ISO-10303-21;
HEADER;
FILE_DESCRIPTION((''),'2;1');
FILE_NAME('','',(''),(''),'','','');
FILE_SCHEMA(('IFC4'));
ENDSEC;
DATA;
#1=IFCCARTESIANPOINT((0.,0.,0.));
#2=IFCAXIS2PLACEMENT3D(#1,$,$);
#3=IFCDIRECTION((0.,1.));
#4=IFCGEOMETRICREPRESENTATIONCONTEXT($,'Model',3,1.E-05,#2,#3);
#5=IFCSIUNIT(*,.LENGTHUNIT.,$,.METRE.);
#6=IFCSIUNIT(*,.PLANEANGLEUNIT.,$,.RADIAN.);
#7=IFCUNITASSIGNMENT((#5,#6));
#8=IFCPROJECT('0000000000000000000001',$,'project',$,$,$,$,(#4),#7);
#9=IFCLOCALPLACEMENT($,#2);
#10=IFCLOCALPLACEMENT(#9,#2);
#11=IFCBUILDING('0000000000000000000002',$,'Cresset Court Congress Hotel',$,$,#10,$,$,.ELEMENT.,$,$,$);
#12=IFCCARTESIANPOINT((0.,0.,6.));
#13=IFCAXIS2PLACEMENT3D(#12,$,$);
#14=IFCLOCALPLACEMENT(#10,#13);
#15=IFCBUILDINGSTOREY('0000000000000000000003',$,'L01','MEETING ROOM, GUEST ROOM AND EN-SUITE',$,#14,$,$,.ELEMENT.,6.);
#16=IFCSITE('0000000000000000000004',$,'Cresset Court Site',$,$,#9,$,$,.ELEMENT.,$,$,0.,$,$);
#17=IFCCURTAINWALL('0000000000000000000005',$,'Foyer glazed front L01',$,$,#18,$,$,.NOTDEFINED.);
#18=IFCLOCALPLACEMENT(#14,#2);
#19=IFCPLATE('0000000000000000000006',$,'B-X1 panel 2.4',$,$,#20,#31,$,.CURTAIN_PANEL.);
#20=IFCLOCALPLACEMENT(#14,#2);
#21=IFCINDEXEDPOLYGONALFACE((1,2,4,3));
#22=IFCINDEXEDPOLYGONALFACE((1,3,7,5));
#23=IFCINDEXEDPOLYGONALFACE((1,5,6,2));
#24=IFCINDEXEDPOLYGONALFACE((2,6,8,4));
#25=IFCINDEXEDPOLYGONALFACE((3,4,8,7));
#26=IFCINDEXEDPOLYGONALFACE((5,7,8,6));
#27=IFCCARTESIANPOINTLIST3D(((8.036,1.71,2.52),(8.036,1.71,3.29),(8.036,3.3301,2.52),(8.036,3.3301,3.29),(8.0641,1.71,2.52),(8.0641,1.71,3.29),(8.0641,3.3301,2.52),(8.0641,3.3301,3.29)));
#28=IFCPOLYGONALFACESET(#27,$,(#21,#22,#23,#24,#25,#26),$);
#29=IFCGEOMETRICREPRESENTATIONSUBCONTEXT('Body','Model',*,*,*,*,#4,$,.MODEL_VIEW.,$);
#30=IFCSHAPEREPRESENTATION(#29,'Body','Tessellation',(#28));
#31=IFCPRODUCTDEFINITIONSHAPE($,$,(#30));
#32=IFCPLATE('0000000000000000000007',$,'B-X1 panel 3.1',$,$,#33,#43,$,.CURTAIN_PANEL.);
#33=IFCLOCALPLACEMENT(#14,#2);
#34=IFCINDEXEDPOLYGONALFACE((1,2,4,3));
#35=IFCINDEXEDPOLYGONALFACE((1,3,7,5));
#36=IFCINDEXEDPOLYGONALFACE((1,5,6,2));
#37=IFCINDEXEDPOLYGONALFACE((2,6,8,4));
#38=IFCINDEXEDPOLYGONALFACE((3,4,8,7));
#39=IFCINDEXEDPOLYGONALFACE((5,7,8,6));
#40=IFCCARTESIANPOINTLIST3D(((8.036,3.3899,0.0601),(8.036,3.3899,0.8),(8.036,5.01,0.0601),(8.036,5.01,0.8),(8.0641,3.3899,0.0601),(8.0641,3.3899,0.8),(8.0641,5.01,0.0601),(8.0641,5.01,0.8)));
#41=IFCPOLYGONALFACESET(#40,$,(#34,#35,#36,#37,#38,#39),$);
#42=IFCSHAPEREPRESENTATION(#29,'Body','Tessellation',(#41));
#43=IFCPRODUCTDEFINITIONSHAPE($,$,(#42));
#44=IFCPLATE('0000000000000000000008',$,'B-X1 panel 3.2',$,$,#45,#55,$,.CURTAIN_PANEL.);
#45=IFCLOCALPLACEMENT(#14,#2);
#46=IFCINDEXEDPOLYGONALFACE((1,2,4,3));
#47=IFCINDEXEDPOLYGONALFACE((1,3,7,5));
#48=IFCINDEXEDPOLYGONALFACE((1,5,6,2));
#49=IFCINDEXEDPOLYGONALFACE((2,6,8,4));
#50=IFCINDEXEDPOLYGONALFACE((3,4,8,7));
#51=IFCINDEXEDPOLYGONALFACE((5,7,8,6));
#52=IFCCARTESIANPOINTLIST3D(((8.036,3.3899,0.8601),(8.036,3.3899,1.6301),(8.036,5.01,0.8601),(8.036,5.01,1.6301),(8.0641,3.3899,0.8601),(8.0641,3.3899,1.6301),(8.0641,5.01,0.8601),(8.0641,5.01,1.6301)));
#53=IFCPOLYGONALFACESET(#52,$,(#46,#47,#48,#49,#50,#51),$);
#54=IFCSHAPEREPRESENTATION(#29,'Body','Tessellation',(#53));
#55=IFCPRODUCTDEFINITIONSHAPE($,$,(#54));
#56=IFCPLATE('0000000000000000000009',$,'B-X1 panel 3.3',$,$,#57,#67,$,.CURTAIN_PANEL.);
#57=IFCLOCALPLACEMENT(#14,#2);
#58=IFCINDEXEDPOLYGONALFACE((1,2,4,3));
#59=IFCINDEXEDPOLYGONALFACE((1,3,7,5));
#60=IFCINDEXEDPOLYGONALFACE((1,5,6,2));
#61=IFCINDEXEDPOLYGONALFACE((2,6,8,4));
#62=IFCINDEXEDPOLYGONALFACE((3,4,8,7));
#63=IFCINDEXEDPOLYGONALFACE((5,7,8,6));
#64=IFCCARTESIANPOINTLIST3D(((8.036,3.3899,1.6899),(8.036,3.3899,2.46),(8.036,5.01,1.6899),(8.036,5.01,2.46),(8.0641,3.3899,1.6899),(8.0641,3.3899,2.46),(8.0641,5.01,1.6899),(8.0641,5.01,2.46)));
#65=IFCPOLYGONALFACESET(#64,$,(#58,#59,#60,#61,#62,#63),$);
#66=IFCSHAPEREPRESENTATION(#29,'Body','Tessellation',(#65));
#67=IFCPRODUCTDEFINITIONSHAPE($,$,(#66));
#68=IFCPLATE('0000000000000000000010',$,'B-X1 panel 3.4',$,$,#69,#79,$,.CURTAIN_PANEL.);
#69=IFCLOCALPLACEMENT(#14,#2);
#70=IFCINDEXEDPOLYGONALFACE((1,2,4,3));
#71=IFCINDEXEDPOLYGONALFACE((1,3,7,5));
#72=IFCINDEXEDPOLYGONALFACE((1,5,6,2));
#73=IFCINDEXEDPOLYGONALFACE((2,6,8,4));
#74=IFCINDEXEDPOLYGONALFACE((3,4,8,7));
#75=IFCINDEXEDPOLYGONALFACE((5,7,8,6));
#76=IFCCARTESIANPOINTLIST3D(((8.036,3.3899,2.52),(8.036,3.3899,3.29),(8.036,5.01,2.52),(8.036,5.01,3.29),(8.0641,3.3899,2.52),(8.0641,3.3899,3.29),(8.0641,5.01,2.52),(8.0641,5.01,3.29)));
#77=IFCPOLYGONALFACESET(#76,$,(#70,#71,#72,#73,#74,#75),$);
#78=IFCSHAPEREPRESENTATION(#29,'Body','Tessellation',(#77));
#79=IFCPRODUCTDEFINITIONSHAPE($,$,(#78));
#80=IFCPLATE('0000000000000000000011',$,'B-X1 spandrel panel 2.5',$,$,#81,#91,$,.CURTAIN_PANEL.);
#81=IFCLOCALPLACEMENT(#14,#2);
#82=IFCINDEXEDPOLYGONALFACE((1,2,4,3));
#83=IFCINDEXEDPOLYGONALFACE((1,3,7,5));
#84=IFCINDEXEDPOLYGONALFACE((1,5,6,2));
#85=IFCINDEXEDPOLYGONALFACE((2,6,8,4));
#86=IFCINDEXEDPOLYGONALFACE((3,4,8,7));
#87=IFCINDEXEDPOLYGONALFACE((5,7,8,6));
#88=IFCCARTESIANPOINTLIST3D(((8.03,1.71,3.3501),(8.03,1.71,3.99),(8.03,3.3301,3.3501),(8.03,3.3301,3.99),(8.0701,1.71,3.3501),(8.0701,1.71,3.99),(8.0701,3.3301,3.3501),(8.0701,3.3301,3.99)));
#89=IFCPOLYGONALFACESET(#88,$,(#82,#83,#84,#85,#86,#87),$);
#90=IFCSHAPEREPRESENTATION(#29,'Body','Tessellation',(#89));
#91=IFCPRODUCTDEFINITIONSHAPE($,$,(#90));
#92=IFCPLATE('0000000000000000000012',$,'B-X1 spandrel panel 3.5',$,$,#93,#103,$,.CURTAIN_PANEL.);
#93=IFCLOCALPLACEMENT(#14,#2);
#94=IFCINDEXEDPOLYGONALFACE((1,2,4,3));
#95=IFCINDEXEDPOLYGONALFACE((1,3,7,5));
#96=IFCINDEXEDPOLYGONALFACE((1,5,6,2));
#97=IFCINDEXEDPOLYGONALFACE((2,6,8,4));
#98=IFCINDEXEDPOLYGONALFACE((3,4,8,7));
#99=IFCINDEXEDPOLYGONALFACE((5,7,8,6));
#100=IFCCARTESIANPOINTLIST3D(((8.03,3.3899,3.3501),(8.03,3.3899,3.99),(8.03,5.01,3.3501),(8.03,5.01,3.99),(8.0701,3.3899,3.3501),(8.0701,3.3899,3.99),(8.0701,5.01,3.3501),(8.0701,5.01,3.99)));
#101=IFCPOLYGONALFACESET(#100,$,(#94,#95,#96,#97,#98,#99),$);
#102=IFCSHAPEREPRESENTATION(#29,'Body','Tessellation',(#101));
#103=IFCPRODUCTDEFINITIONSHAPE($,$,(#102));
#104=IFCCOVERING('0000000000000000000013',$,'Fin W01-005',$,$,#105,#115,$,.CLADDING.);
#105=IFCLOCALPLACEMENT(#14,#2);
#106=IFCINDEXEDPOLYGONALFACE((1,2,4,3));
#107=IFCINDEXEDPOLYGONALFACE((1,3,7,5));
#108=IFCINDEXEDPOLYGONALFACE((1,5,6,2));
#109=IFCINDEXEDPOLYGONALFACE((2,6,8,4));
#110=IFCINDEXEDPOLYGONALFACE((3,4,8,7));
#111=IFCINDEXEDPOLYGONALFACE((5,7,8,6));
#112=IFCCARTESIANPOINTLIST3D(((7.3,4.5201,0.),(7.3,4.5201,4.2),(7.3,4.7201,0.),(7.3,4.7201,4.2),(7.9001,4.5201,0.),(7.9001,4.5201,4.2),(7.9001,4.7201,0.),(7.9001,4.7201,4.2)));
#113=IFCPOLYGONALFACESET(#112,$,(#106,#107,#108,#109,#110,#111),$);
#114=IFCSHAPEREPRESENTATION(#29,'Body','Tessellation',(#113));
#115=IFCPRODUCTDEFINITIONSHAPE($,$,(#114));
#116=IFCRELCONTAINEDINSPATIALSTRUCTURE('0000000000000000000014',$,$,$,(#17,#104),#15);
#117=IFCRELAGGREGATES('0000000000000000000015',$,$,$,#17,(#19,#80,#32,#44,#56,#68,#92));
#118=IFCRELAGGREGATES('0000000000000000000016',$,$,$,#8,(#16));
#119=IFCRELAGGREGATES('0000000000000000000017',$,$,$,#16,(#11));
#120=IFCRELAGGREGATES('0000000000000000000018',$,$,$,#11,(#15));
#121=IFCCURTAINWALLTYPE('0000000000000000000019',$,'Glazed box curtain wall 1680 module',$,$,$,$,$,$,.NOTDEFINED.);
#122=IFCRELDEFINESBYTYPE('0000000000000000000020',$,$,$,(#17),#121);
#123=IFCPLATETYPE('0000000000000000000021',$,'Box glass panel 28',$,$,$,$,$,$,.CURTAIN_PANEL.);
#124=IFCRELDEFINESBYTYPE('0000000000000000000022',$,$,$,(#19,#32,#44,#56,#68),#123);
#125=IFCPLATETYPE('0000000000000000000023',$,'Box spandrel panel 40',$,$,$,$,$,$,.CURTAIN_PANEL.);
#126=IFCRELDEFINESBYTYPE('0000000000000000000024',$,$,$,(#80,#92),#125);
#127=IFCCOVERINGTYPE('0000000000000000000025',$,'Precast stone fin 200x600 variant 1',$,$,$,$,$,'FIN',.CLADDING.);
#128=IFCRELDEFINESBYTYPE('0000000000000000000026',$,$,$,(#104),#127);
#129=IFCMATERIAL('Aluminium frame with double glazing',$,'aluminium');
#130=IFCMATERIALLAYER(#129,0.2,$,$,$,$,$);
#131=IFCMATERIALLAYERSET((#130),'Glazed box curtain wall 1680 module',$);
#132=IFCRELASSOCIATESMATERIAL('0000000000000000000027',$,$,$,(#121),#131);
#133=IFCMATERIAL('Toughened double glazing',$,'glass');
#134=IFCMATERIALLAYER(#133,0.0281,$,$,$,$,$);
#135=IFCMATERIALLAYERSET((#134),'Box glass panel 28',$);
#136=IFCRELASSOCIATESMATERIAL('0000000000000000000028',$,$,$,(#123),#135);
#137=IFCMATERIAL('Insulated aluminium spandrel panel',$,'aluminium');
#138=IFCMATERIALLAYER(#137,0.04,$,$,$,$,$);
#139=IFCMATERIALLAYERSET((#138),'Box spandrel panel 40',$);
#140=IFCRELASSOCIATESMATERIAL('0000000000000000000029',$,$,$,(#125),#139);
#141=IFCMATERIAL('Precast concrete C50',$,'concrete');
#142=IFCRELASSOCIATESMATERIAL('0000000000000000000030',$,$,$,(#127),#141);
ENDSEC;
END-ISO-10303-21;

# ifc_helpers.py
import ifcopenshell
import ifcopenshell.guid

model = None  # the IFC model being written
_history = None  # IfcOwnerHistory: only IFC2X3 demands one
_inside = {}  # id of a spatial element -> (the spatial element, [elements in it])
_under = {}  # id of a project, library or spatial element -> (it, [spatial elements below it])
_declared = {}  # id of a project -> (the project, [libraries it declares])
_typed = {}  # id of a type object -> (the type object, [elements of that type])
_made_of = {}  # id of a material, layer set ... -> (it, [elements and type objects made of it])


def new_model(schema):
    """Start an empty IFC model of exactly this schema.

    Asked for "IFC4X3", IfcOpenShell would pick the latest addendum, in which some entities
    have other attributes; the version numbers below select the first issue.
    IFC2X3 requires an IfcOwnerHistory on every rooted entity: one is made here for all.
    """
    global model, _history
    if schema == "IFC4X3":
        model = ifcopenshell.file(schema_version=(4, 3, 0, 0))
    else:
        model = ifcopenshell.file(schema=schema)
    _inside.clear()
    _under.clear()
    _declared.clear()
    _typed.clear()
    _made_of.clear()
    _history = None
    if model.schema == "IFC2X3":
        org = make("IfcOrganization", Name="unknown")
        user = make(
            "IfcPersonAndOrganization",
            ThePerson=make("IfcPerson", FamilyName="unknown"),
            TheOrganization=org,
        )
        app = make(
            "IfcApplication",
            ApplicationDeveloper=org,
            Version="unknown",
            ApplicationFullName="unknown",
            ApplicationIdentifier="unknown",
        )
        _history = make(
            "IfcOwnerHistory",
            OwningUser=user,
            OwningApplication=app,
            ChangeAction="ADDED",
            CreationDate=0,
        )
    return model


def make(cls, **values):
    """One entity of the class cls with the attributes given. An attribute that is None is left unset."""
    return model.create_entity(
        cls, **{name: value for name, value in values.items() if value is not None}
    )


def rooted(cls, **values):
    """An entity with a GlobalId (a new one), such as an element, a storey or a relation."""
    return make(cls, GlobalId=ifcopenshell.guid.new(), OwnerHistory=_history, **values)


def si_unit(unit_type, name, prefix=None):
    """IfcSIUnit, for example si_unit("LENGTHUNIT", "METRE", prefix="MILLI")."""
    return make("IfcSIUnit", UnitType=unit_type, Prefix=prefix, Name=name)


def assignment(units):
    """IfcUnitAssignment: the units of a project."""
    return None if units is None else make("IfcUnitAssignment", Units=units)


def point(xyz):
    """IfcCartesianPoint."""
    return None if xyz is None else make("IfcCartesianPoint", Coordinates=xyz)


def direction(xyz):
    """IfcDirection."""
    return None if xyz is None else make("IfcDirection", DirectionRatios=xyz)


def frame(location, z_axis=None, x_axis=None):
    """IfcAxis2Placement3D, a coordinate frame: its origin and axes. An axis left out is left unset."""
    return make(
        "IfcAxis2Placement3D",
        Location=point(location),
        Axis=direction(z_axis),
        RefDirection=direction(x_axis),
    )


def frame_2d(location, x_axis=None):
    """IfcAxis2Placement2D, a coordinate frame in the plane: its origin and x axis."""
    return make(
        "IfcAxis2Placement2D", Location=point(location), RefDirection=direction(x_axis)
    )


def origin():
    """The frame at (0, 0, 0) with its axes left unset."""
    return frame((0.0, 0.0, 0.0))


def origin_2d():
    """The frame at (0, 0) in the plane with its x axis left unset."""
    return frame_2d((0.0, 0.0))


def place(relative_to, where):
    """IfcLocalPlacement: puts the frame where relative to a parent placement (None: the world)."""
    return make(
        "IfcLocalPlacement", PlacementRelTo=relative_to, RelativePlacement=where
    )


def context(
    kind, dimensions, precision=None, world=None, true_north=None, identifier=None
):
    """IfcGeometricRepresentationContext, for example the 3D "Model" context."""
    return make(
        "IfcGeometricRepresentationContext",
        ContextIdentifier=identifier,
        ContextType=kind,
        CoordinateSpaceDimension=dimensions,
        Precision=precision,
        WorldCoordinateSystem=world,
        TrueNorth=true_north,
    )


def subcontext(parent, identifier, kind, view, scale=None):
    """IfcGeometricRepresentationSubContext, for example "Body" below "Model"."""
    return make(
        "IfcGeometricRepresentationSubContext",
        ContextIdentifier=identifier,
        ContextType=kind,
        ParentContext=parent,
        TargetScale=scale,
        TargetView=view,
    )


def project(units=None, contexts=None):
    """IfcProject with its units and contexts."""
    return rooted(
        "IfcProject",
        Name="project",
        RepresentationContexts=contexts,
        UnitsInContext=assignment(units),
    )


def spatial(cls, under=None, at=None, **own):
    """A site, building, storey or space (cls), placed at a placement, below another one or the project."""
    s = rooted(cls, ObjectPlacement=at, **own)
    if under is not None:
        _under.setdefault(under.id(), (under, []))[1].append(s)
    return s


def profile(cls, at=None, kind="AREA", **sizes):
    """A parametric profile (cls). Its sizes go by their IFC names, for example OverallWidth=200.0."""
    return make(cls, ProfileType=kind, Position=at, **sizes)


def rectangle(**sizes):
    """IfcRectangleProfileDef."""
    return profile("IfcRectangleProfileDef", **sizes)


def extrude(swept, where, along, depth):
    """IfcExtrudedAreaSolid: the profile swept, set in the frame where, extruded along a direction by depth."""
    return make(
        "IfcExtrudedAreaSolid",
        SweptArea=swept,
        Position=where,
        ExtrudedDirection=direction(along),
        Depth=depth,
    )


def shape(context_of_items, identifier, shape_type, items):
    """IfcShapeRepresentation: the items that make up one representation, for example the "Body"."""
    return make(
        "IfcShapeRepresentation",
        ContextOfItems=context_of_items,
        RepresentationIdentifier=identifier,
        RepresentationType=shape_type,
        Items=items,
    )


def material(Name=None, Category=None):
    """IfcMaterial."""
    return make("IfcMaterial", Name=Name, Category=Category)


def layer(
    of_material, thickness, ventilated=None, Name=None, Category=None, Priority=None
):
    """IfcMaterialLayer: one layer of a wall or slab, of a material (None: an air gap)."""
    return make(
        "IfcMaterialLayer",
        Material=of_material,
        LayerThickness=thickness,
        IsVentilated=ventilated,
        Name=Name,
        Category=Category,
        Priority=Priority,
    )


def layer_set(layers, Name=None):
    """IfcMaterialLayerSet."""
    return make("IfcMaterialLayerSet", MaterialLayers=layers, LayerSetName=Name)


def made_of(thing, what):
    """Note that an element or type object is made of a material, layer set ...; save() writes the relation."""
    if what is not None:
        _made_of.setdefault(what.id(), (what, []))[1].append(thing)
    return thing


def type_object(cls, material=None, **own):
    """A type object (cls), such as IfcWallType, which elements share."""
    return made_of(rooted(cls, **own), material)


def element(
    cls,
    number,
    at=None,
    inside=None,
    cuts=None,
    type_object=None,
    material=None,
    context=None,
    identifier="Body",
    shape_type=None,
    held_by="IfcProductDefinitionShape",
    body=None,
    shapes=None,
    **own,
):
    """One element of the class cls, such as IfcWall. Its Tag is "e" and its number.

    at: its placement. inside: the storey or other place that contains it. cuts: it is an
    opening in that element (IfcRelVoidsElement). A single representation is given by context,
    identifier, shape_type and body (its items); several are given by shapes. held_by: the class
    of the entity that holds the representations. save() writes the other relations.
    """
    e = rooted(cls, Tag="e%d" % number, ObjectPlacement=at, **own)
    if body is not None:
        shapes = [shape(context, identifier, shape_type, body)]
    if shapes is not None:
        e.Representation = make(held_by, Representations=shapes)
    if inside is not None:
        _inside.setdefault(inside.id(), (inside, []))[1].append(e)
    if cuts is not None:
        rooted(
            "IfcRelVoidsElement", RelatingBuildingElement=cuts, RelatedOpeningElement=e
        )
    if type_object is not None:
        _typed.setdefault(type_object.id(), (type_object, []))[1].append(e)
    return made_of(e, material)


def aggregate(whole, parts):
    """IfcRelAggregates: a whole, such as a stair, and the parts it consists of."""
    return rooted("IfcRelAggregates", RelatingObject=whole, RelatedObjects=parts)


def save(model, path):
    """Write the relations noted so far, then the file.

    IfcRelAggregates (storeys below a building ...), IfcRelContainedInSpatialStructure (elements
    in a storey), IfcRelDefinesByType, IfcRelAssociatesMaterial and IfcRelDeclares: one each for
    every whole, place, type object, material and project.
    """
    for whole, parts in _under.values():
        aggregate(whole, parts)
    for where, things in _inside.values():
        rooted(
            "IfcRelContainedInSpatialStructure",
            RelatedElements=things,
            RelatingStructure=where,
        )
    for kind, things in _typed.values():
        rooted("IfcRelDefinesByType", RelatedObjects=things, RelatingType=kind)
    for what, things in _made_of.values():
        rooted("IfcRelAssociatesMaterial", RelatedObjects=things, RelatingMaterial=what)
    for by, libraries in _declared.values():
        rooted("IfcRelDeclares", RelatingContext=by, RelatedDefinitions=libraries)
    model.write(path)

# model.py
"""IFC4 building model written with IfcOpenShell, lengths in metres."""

from ifc_helpers import new_model, si_unit, direction, frame, origin, origin_2d, place, context, subcontext, project, spatial, rectangle, extrude, material, layer, layer_set, type_object, element, aggregate, save


model = new_model("IFC4")

# Units and contexts
model_context = context("Model", 3, precision=1e-05, world=origin(), true_north=direction((0.0, 1.0)))
body_context = subcontext(model_context, "Body", "Model", "MODEL_VIEW")
ifc_project = project(units=[si_unit("LENGTHUNIT", "METRE"), si_unit("PLANEANGLEUNIT", "RADIAN")], contexts=[model_context])

# Site, building, storey
site_placement = place(None, origin())
site = spatial("IfcSite", under=ifc_project, at=site_placement, Name="Cresset Court Site", CompositionType="ELEMENT", RefElevation=0.0)
building_placement = place(site_placement, origin())
building = spatial("IfcBuilding", under=site, at=building_placement, Name="Cresset Court Congress Hotel", CompositionType="ELEMENT")
storey_placement = place(building_placement, frame((0.0, 0.0, 6.0)))
storey = spatial("IfcBuildingStorey", under=building, at=storey_placement, Name="L01", Description="MEETING ROOM, GUEST ROOM AND EN-SUITE", CompositionType="ELEMENT", Elevation=6.0)

# Curtain wall, plates
ifc_material_1 = material(Name="Aluminium frame with double glazing", Category="aluminium")
ifc_layer_1 = layer(ifc_material_1, 0.2)
ifc_layer_set_1 = layer_set([ifc_layer_1], Name="Glazed box curtain wall 1680 module")
curtain_wall_type = type_object("IfcCurtainWallType", Name="Glazed box curtain wall 1680 module", PredefinedType="NOTDEFINED", material=ifc_layer_set_1)
curtain_wall_placement = place(storey_placement, origin())
curtain_wall = element("IfcCurtainWall", 1, at=curtain_wall_placement, inside=storey, type_object=curtain_wall_type, Name="Foyer glazed front L01", PredefinedType="NOTDEFINED")
ifc_material_2 = material(Name="Toughened double glazing", Category="glass")
ifc_layer_2 = layer(ifc_material_2, 0.0281)
ifc_layer_set_2 = layer_set([ifc_layer_2], Name="Box glass panel 28")
plate_type_1 = type_object("IfcPlateType", Name="Box glass panel 28", PredefinedType="CURTAIN_PANEL", material=ifc_layer_set_2)
plate_1_placement = place(storey_placement, frame((8.05, 2.52, 2.52), z_axis=(0.0, 0.0, 1.0), x_axis=(0.0, 1.0, 0.0)))
plate_1 = element("IfcPlate", 2, at=plate_1_placement, type_object=plate_type_1, Name="B-X1 panel 2.4", PredefinedType="CURTAIN_PANEL", context=body_context, shape_type="SweptSolid", body=[
    extrude(rectangle(XDim=1.6201, YDim=0.0281, at=origin_2d()), origin(), (0.0, 0.0, 1.0), 0.77),
])
plate_2_placement = place(storey_placement, frame((8.05, 4.2, 0.0601), z_axis=(0.0, 0.0, 1.0), x_axis=(0.0, 1.0, 0.0)))
plate_2 = element("IfcPlate", 3, at=plate_2_placement, type_object=plate_type_1, Name="B-X1 panel 3.1", PredefinedType="CURTAIN_PANEL", context=body_context, shape_type="SweptSolid", body=[
    extrude(rectangle(XDim=1.6201, YDim=0.0281, at=origin_2d()), origin(), (0.0, 0.0, 1.0), 0.74),
])
plate_3_placement = place(storey_placement, frame((8.05, 4.2, 0.8601), z_axis=(0.0, 0.0, 1.0), x_axis=(0.0, 1.0, 0.0)))
plate_3 = element("IfcPlate", 4, at=plate_3_placement, type_object=plate_type_1, Name="B-X1 panel 3.2", PredefinedType="CURTAIN_PANEL", context=body_context, shape_type="SweptSolid", body=[
    extrude(rectangle(XDim=1.6201, YDim=0.0281, at=origin_2d()), origin(), (0.0, 0.0, 1.0), 0.77),
])
plate_4_placement = place(storey_placement, frame((8.05, 4.2, 1.6899), z_axis=(0.0, 0.0, 1.0), x_axis=(0.0, 1.0, 0.0)))
plate_4 = element("IfcPlate", 5, at=plate_4_placement, type_object=plate_type_1, Name="B-X1 panel 3.3", PredefinedType="CURTAIN_PANEL", context=body_context, shape_type="SweptSolid", body=[
    extrude(rectangle(XDim=1.6201, YDim=0.0281, at=origin_2d()), origin(), (0.0, 0.0, 1.0), 0.77),
])
plate_5_placement = place(storey_placement, frame((8.05, 4.2, 2.52), z_axis=(0.0, 0.0, 1.0), x_axis=(0.0, 1.0, 0.0)))
plate_5 = element("IfcPlate", 6, at=plate_5_placement, type_object=plate_type_1, Name="B-X1 panel 3.4", PredefinedType="CURTAIN_PANEL", context=body_context, shape_type="SweptSolid", body=[
    extrude(rectangle(XDim=1.6201, YDim=0.0281, at=origin_2d()), origin(), (0.0, 0.0, 1.0), 0.77),
])
ifc_material_3 = material(Name="Insulated aluminium spandrel panel", Category="aluminium")
ifc_layer_3 = layer(ifc_material_3, 0.04)
ifc_layer_set_3 = layer_set([ifc_layer_3], Name="Box spandrel panel 40")
plate_type_2 = type_object("IfcPlateType", Name="Box spandrel panel 40", PredefinedType="CURTAIN_PANEL", material=ifc_layer_set_3)
plate_6_placement = place(storey_placement, frame((8.05, 2.52, 3.3501), z_axis=(0.0, 0.0, 1.0), x_axis=(0.0, 1.0, 0.0)))
plate_6 = element("IfcPlate", 7, at=plate_6_placement, type_object=plate_type_2, Name="B-X1 spandrel panel 2.5", PredefinedType="CURTAIN_PANEL", context=body_context, shape_type="SweptSolid", body=[
    extrude(rectangle(XDim=1.6201, YDim=0.04, at=origin_2d()), origin(), (0.0, 0.0, 1.0), 0.6399),
])
plate_7_placement = place(storey_placement, frame((8.05, 4.2, 3.3501), z_axis=(0.0, 0.0, 1.0), x_axis=(0.0, 1.0, 0.0)))
plate_7 = element("IfcPlate", 8, at=plate_7_placement, type_object=plate_type_2, Name="B-X1 spandrel panel 3.5", PredefinedType="CURTAIN_PANEL", context=body_context, shape_type="SweptSolid", body=[
    extrude(rectangle(XDim=1.6201, YDim=0.04, at=origin_2d()), origin(), (0.0, 0.0, 1.0), 0.6399),
])
aggregate(curtain_wall, [plate_1, plate_6, plate_2, plate_3, plate_4, plate_5, plate_7])

# Covering
ifc_material_4 = material(Name="Precast concrete C50", Category="concrete")
covering_type = type_object("IfcCoveringType", Name="Precast stone fin 200x600 variant 1", ElementType="FIN", PredefinedType="CLADDING", material=ifc_material_4)
covering_placement = place(storey_placement, frame((7.6001, 4.6201, 0.0), z_axis=(0.0, 0.0, 1.0), x_axis=(1.0, 0.0, 0.0)))
element("IfcCovering", 9, at=covering_placement, inside=storey, type_object=covering_type, Name="Fin W01-005", PredefinedType="CLADDING", context=body_context, shape_type="SweptSolid", body=[
    extrude(rectangle(XDim=0.6001, YDim=0.2, at=origin_2d()), origin(), (0.0, 0.0, 1.0), 4.2),
])

save(model, "model.ifc")
